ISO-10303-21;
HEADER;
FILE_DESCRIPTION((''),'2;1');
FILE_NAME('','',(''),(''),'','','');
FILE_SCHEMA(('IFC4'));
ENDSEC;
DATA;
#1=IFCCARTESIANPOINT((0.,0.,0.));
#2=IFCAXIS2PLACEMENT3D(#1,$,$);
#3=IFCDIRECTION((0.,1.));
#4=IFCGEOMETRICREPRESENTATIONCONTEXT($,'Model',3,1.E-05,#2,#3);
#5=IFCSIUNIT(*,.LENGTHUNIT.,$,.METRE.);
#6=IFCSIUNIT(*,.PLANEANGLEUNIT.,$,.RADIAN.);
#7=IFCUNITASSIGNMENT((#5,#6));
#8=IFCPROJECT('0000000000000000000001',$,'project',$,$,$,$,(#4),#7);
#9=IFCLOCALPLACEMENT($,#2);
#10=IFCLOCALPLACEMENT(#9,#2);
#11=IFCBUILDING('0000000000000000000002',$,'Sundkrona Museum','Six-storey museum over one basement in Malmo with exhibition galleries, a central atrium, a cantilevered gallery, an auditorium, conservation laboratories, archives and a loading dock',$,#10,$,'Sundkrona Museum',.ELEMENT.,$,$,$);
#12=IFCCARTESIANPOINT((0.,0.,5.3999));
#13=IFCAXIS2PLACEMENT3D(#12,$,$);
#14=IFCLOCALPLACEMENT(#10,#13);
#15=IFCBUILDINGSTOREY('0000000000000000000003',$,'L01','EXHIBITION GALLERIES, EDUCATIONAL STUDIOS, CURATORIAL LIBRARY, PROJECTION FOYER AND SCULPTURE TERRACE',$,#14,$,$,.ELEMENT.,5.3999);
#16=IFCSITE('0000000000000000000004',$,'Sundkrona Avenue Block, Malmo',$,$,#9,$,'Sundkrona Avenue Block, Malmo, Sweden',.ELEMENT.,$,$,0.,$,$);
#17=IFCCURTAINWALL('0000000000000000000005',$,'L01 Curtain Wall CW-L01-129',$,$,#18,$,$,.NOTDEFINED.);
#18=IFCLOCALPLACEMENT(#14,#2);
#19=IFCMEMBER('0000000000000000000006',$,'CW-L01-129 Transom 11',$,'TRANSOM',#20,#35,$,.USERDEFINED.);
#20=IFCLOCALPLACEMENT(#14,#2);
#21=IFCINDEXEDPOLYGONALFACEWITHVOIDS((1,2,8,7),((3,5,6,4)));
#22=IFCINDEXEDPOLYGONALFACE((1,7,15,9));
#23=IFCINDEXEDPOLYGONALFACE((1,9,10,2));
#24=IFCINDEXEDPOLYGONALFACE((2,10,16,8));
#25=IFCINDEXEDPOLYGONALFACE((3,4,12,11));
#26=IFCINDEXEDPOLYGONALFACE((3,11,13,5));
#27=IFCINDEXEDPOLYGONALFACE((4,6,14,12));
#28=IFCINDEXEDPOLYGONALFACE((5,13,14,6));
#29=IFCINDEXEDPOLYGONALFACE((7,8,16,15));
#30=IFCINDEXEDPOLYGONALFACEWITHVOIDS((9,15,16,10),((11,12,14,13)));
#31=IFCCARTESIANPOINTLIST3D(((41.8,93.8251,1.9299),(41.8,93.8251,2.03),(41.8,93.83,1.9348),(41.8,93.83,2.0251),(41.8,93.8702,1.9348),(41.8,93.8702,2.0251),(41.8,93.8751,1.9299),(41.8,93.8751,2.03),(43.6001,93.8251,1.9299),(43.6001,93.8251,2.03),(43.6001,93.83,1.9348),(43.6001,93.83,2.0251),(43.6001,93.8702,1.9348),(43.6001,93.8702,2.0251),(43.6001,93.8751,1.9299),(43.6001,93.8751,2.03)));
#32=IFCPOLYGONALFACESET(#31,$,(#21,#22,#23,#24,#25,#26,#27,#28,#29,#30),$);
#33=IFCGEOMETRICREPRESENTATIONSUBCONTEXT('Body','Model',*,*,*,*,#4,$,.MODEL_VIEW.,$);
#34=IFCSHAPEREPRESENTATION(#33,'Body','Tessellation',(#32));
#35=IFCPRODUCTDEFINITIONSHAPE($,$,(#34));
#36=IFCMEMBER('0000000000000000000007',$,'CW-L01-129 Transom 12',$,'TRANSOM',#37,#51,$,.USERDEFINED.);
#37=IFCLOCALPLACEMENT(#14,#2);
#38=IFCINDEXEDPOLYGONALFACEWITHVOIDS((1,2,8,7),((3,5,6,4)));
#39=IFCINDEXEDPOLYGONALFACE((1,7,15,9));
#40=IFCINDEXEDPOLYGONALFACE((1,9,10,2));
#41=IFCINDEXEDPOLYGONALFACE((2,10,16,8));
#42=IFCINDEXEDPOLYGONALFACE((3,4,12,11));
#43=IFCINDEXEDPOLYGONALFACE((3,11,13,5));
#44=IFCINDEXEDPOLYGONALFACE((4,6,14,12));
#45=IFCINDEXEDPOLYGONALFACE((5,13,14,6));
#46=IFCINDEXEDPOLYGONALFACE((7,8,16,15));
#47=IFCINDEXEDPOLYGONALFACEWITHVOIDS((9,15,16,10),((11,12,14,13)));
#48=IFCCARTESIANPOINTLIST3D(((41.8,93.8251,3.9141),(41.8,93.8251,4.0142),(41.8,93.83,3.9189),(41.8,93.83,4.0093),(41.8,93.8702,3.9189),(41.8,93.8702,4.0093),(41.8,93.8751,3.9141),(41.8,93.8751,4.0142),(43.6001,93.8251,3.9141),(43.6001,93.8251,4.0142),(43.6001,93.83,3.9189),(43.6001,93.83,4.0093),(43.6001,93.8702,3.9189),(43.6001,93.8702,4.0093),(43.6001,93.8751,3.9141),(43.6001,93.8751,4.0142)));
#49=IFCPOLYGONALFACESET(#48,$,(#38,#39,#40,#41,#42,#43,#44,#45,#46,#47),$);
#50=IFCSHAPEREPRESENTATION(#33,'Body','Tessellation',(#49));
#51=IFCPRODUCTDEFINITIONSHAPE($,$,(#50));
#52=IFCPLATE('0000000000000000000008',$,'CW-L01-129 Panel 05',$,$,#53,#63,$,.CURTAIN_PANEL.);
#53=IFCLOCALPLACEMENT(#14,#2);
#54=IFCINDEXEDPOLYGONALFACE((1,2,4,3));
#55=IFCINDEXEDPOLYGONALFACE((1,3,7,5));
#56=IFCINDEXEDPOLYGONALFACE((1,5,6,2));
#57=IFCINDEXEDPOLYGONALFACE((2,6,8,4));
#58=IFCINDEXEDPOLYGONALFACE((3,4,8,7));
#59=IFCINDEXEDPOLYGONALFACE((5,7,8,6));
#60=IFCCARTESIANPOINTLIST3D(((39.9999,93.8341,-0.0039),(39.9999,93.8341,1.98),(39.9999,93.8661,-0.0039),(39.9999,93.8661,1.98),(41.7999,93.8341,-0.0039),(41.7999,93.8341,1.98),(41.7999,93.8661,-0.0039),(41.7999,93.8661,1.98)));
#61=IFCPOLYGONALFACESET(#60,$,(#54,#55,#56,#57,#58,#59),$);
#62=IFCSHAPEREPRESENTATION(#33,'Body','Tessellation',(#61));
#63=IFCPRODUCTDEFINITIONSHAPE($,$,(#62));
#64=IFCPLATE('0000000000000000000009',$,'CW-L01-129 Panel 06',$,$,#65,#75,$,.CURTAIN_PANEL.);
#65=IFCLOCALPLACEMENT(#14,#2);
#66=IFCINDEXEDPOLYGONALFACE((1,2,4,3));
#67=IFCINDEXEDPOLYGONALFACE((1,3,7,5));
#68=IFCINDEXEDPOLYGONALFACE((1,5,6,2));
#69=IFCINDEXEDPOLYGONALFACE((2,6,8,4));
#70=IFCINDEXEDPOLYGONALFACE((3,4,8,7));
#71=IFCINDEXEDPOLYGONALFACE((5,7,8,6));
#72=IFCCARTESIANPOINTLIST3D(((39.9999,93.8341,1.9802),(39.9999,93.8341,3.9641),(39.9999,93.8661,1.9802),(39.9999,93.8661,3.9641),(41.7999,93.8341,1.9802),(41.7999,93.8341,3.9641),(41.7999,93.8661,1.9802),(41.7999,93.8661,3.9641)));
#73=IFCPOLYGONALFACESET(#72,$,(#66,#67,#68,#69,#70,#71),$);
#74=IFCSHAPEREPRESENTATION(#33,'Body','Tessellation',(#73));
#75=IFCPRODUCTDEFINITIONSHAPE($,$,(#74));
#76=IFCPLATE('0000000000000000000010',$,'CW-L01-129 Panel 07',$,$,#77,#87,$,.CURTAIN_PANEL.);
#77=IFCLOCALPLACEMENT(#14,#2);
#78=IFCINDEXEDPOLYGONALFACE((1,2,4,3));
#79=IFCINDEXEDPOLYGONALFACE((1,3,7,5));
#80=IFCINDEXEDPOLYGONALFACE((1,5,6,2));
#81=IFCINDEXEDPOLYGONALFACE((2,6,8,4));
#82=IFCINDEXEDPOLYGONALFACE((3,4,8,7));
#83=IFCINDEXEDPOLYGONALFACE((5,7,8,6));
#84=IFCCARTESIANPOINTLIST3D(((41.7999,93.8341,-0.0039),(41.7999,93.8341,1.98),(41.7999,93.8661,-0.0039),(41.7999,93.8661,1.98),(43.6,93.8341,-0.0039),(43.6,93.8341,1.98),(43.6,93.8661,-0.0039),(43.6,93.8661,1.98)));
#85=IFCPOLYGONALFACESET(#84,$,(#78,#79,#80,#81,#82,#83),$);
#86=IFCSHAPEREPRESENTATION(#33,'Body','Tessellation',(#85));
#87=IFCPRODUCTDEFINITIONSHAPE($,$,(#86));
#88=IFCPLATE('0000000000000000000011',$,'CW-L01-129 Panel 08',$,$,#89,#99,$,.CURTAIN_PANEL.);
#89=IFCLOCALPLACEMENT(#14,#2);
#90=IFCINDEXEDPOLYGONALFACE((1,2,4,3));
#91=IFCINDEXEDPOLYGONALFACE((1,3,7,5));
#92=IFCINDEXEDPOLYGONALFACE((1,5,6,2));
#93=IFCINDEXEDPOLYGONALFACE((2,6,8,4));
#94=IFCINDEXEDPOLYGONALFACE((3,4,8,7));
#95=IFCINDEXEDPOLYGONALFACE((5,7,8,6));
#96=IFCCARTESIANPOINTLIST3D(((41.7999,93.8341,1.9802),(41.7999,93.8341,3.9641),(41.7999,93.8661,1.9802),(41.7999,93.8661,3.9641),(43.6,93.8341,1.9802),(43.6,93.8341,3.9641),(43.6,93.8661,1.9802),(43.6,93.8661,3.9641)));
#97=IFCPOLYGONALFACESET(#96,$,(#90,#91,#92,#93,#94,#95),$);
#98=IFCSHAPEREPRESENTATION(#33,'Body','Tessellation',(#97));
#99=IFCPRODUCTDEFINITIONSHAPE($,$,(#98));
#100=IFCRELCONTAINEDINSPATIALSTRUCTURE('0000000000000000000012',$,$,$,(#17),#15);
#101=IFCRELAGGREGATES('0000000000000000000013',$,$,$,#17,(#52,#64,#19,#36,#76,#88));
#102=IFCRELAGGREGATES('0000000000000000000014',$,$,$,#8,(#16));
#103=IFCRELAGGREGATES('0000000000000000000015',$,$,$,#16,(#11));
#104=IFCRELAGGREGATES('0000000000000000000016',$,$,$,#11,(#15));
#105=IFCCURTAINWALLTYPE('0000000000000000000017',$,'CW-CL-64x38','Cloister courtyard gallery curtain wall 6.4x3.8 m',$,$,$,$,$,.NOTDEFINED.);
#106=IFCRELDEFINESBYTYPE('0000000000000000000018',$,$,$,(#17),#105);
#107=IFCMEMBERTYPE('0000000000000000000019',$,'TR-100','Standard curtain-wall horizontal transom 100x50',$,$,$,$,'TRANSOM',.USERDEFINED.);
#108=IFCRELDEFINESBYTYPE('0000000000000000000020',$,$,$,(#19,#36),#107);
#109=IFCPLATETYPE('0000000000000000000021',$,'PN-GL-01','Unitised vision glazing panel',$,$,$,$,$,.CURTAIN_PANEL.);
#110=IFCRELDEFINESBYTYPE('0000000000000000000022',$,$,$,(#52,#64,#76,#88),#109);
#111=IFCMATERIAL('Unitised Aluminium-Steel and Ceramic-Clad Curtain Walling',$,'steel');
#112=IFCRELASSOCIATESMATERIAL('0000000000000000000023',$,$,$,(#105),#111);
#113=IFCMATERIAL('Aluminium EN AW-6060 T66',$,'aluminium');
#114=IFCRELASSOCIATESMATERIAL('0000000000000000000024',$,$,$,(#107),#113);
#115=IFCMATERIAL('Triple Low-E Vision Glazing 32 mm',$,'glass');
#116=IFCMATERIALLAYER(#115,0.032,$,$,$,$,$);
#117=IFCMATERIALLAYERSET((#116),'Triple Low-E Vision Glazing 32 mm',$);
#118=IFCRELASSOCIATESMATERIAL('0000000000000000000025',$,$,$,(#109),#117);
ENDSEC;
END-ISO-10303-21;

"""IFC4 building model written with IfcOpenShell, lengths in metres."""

from ifc_helpers import new_model, si_unit, direction, frame, origin, origin_2d, place, context, subcontext, project, spatial, rectangle, hollow_rectangle, extrude, material, layer, layer_set, material_profile, profile_set, type_object, element, aggregate, save


model = new_model("IFC4")

# Units and contexts
model_context = context("Model", 3, precision=1e-05, world=origin(), true_north=direction((0.0, 1.0)))
body_context = subcontext(model_context, "Body", "Model", "MODEL_VIEW")
ifc_project = project(units=[si_unit("LENGTHUNIT", "METRE"), si_unit("PLANEANGLEUNIT", "RADIAN")], contexts=[model_context])

# Site, building, storey
site_placement = place(None, origin())
site = spatial("IfcSite", under=ifc_project, at=site_placement, Name="Sundkrona Avenue Block, Malmo", LongName="Sundkrona Avenue Block, Malmo, Sweden", CompositionType="ELEMENT", RefElevation=0.0)
building_placement = place(site_placement, origin())
building = spatial("IfcBuilding", under=site, at=building_placement, Name="Sundkrona Museum", Description="Six-storey museum over one basement in Malmo with exhibition galleries, a central atrium, a cantilevered gallery, an auditorium, conservation laboratories, archives and a loading dock", LongName="Sundkrona Museum", CompositionType="ELEMENT")
storey_placement = place(building_placement, frame((0.0, 0.0, 5.3999)))
storey = spatial("IfcBuildingStorey", under=building, at=storey_placement, Name="L01", Description="EXHIBITION GALLERIES, EDUCATIONAL STUDIOS, CURATORIAL LIBRARY, PROJECTION FOYER AND SCULPTURE TERRACE", CompositionType="ELEMENT", Elevation=5.3999)

# Curtain wall, members, plates
ifc_material_1 = material(Name="Unitised Aluminium-Steel and Ceramic-Clad Curtain Walling", Category="steel")
curtain_wall_type = type_object("IfcCurtainWallType", Name="CW-CL-64x38", Description="Cloister courtyard gallery curtain wall 6.4x3.8 m", PredefinedType="NOTDEFINED", material=ifc_material_1)
curtain_wall_placement = place(storey_placement, origin())
curtain_wall = element("IfcCurtainWall", 1, at=curtain_wall_placement, inside=storey, type_object=curtain_wall_type, Name="L01 Curtain Wall CW-L01-129", PredefinedType="NOTDEFINED")
ifc_material_2 = material(Name="Aluminium EN AW-6060 T66", Category="aluminium")
ifc_material_profile_1 = material_profile(ifc_material_2, hollow_rectangle(XDim=0.05, YDim=0.1001, WallThickness=0.0049, at=origin_2d()), Name="RHS 100x50x5.0")
ifc_profile_set_1 = profile_set([ifc_material_profile_1], Name="Aluminium EN AW-6060 T66")
member_type_1 = type_object("IfcMemberType", Name="TR-100", Description="Standard curtain-wall horizontal transom 100x50", ElementType="TRANSOM", PredefinedType="USERDEFINED", material=ifc_profile_set_1)
member_1_placement = place(storey_placement, frame((41.8, 93.8501, 1.98), z_axis=(1.0, 0.0, 0.0), x_axis=(0.0, 1.0, 0.0)))
member_1 = element("IfcMember", 2, at=member_1_placement, type_object=member_type_1, Name="CW-L01-129 Transom 11", ObjectType="TRANSOM", PredefinedType="USERDEFINED", context=body_context, shape_type="SweptSolid", body=[
    extrude(hollow_rectangle(XDim=0.05, YDim=0.1001, WallThickness=0.0049, at=origin_2d()), origin(), (0.0, 0.0, 1.0), 1.8),
])
member_2_placement = place(storey_placement, frame((41.8, 93.8501, 3.9641), z_axis=(1.0, 0.0, 0.0), x_axis=(0.0, 1.0, 0.0)))
member_2 = element("IfcMember", 3, at=member_2_placement, type_object=member_type_1, Name="CW-L01-129 Transom 12", ObjectType="TRANSOM", PredefinedType="USERDEFINED", context=body_context, shape_type="SweptSolid", body=[
    extrude(hollow_rectangle(XDim=0.05, YDim=0.1001, WallThickness=0.0049, at=origin_2d()), origin(), (0.0, 0.0, 1.0), 1.8),
])
ifc_material_3 = material(Name="Triple Low-E Vision Glazing 32 mm", Category="glass")
ifc_layer = layer(ifc_material_3, 0.032)
ifc_layer_set = layer_set([ifc_layer], Name="Triple Low-E Vision Glazing 32 mm")
plate_type = type_object("IfcPlateType", Name="PN-GL-01", Description="Unitised vision glazing panel", PredefinedType="CURTAIN_PANEL", material=ifc_layer_set)
plate_1_placement = place(storey_placement, frame((40.8999, 93.8501, -0.0039), z_axis=(0.0, 0.0, 1.0), x_axis=(1.0, 0.0, 0.0)))
plate_1 = element("IfcPlate", 4, at=plate_1_placement, type_object=plate_type, Name="CW-L01-129 Panel 05", PredefinedType="CURTAIN_PANEL", context=body_context, shape_type="SweptSolid", body=[
    extrude(rectangle(XDim=1.8, YDim=0.032, at=origin_2d()), origin(), (0.0, 0.0, 1.0), 1.9839),
])
plate_2_placement = place(storey_placement, frame((40.8999, 93.8501, 1.9802), z_axis=(0.0, 0.0, 1.0), x_axis=(1.0, 0.0, 0.0)))
plate_2 = element("IfcPlate", 5, at=plate_2_placement, type_object=plate_type, Name="CW-L01-129 Panel 06", PredefinedType="CURTAIN_PANEL", context=body_context, shape_type="SweptSolid", body=[
    extrude(rectangle(XDim=1.8, YDim=0.032, at=origin_2d()), origin(), (0.0, 0.0, 1.0), 1.9839),
])
plate_3_placement = place(storey_placement, frame((42.7, 93.8501, -0.0039), z_axis=(0.0, 0.0, 1.0), x_axis=(1.0, 0.0, 0.0)))
plate_3 = element("IfcPlate", 6, at=plate_3_placement, type_object=plate_type, Name="CW-L01-129 Panel 07", PredefinedType="CURTAIN_PANEL", context=body_context, shape_type="SweptSolid", body=[
    extrude(rectangle(XDim=1.8, YDim=0.032, at=origin_2d()), origin(), (0.0, 0.0, 1.0), 1.9839),
])
plate_4_placement = place(storey_placement, frame((42.7, 93.8501, 1.9802), z_axis=(0.0, 0.0, 1.0), x_axis=(1.0, 0.0, 0.0)))
plate_4 = element("IfcPlate", 7, at=plate_4_placement, type_object=plate_type, Name="CW-L01-129 Panel 08", PredefinedType="CURTAIN_PANEL", context=body_context, shape_type="SweptSolid", body=[
    extrude(rectangle(XDim=1.8, YDim=0.032, at=origin_2d()), origin(), (0.0, 0.0, 1.0), 1.9839),
])
aggregate(curtain_wall, [plate_1, plate_2, member_1, member_2, plate_3, plate_4])

save(model, "model.ifc")
